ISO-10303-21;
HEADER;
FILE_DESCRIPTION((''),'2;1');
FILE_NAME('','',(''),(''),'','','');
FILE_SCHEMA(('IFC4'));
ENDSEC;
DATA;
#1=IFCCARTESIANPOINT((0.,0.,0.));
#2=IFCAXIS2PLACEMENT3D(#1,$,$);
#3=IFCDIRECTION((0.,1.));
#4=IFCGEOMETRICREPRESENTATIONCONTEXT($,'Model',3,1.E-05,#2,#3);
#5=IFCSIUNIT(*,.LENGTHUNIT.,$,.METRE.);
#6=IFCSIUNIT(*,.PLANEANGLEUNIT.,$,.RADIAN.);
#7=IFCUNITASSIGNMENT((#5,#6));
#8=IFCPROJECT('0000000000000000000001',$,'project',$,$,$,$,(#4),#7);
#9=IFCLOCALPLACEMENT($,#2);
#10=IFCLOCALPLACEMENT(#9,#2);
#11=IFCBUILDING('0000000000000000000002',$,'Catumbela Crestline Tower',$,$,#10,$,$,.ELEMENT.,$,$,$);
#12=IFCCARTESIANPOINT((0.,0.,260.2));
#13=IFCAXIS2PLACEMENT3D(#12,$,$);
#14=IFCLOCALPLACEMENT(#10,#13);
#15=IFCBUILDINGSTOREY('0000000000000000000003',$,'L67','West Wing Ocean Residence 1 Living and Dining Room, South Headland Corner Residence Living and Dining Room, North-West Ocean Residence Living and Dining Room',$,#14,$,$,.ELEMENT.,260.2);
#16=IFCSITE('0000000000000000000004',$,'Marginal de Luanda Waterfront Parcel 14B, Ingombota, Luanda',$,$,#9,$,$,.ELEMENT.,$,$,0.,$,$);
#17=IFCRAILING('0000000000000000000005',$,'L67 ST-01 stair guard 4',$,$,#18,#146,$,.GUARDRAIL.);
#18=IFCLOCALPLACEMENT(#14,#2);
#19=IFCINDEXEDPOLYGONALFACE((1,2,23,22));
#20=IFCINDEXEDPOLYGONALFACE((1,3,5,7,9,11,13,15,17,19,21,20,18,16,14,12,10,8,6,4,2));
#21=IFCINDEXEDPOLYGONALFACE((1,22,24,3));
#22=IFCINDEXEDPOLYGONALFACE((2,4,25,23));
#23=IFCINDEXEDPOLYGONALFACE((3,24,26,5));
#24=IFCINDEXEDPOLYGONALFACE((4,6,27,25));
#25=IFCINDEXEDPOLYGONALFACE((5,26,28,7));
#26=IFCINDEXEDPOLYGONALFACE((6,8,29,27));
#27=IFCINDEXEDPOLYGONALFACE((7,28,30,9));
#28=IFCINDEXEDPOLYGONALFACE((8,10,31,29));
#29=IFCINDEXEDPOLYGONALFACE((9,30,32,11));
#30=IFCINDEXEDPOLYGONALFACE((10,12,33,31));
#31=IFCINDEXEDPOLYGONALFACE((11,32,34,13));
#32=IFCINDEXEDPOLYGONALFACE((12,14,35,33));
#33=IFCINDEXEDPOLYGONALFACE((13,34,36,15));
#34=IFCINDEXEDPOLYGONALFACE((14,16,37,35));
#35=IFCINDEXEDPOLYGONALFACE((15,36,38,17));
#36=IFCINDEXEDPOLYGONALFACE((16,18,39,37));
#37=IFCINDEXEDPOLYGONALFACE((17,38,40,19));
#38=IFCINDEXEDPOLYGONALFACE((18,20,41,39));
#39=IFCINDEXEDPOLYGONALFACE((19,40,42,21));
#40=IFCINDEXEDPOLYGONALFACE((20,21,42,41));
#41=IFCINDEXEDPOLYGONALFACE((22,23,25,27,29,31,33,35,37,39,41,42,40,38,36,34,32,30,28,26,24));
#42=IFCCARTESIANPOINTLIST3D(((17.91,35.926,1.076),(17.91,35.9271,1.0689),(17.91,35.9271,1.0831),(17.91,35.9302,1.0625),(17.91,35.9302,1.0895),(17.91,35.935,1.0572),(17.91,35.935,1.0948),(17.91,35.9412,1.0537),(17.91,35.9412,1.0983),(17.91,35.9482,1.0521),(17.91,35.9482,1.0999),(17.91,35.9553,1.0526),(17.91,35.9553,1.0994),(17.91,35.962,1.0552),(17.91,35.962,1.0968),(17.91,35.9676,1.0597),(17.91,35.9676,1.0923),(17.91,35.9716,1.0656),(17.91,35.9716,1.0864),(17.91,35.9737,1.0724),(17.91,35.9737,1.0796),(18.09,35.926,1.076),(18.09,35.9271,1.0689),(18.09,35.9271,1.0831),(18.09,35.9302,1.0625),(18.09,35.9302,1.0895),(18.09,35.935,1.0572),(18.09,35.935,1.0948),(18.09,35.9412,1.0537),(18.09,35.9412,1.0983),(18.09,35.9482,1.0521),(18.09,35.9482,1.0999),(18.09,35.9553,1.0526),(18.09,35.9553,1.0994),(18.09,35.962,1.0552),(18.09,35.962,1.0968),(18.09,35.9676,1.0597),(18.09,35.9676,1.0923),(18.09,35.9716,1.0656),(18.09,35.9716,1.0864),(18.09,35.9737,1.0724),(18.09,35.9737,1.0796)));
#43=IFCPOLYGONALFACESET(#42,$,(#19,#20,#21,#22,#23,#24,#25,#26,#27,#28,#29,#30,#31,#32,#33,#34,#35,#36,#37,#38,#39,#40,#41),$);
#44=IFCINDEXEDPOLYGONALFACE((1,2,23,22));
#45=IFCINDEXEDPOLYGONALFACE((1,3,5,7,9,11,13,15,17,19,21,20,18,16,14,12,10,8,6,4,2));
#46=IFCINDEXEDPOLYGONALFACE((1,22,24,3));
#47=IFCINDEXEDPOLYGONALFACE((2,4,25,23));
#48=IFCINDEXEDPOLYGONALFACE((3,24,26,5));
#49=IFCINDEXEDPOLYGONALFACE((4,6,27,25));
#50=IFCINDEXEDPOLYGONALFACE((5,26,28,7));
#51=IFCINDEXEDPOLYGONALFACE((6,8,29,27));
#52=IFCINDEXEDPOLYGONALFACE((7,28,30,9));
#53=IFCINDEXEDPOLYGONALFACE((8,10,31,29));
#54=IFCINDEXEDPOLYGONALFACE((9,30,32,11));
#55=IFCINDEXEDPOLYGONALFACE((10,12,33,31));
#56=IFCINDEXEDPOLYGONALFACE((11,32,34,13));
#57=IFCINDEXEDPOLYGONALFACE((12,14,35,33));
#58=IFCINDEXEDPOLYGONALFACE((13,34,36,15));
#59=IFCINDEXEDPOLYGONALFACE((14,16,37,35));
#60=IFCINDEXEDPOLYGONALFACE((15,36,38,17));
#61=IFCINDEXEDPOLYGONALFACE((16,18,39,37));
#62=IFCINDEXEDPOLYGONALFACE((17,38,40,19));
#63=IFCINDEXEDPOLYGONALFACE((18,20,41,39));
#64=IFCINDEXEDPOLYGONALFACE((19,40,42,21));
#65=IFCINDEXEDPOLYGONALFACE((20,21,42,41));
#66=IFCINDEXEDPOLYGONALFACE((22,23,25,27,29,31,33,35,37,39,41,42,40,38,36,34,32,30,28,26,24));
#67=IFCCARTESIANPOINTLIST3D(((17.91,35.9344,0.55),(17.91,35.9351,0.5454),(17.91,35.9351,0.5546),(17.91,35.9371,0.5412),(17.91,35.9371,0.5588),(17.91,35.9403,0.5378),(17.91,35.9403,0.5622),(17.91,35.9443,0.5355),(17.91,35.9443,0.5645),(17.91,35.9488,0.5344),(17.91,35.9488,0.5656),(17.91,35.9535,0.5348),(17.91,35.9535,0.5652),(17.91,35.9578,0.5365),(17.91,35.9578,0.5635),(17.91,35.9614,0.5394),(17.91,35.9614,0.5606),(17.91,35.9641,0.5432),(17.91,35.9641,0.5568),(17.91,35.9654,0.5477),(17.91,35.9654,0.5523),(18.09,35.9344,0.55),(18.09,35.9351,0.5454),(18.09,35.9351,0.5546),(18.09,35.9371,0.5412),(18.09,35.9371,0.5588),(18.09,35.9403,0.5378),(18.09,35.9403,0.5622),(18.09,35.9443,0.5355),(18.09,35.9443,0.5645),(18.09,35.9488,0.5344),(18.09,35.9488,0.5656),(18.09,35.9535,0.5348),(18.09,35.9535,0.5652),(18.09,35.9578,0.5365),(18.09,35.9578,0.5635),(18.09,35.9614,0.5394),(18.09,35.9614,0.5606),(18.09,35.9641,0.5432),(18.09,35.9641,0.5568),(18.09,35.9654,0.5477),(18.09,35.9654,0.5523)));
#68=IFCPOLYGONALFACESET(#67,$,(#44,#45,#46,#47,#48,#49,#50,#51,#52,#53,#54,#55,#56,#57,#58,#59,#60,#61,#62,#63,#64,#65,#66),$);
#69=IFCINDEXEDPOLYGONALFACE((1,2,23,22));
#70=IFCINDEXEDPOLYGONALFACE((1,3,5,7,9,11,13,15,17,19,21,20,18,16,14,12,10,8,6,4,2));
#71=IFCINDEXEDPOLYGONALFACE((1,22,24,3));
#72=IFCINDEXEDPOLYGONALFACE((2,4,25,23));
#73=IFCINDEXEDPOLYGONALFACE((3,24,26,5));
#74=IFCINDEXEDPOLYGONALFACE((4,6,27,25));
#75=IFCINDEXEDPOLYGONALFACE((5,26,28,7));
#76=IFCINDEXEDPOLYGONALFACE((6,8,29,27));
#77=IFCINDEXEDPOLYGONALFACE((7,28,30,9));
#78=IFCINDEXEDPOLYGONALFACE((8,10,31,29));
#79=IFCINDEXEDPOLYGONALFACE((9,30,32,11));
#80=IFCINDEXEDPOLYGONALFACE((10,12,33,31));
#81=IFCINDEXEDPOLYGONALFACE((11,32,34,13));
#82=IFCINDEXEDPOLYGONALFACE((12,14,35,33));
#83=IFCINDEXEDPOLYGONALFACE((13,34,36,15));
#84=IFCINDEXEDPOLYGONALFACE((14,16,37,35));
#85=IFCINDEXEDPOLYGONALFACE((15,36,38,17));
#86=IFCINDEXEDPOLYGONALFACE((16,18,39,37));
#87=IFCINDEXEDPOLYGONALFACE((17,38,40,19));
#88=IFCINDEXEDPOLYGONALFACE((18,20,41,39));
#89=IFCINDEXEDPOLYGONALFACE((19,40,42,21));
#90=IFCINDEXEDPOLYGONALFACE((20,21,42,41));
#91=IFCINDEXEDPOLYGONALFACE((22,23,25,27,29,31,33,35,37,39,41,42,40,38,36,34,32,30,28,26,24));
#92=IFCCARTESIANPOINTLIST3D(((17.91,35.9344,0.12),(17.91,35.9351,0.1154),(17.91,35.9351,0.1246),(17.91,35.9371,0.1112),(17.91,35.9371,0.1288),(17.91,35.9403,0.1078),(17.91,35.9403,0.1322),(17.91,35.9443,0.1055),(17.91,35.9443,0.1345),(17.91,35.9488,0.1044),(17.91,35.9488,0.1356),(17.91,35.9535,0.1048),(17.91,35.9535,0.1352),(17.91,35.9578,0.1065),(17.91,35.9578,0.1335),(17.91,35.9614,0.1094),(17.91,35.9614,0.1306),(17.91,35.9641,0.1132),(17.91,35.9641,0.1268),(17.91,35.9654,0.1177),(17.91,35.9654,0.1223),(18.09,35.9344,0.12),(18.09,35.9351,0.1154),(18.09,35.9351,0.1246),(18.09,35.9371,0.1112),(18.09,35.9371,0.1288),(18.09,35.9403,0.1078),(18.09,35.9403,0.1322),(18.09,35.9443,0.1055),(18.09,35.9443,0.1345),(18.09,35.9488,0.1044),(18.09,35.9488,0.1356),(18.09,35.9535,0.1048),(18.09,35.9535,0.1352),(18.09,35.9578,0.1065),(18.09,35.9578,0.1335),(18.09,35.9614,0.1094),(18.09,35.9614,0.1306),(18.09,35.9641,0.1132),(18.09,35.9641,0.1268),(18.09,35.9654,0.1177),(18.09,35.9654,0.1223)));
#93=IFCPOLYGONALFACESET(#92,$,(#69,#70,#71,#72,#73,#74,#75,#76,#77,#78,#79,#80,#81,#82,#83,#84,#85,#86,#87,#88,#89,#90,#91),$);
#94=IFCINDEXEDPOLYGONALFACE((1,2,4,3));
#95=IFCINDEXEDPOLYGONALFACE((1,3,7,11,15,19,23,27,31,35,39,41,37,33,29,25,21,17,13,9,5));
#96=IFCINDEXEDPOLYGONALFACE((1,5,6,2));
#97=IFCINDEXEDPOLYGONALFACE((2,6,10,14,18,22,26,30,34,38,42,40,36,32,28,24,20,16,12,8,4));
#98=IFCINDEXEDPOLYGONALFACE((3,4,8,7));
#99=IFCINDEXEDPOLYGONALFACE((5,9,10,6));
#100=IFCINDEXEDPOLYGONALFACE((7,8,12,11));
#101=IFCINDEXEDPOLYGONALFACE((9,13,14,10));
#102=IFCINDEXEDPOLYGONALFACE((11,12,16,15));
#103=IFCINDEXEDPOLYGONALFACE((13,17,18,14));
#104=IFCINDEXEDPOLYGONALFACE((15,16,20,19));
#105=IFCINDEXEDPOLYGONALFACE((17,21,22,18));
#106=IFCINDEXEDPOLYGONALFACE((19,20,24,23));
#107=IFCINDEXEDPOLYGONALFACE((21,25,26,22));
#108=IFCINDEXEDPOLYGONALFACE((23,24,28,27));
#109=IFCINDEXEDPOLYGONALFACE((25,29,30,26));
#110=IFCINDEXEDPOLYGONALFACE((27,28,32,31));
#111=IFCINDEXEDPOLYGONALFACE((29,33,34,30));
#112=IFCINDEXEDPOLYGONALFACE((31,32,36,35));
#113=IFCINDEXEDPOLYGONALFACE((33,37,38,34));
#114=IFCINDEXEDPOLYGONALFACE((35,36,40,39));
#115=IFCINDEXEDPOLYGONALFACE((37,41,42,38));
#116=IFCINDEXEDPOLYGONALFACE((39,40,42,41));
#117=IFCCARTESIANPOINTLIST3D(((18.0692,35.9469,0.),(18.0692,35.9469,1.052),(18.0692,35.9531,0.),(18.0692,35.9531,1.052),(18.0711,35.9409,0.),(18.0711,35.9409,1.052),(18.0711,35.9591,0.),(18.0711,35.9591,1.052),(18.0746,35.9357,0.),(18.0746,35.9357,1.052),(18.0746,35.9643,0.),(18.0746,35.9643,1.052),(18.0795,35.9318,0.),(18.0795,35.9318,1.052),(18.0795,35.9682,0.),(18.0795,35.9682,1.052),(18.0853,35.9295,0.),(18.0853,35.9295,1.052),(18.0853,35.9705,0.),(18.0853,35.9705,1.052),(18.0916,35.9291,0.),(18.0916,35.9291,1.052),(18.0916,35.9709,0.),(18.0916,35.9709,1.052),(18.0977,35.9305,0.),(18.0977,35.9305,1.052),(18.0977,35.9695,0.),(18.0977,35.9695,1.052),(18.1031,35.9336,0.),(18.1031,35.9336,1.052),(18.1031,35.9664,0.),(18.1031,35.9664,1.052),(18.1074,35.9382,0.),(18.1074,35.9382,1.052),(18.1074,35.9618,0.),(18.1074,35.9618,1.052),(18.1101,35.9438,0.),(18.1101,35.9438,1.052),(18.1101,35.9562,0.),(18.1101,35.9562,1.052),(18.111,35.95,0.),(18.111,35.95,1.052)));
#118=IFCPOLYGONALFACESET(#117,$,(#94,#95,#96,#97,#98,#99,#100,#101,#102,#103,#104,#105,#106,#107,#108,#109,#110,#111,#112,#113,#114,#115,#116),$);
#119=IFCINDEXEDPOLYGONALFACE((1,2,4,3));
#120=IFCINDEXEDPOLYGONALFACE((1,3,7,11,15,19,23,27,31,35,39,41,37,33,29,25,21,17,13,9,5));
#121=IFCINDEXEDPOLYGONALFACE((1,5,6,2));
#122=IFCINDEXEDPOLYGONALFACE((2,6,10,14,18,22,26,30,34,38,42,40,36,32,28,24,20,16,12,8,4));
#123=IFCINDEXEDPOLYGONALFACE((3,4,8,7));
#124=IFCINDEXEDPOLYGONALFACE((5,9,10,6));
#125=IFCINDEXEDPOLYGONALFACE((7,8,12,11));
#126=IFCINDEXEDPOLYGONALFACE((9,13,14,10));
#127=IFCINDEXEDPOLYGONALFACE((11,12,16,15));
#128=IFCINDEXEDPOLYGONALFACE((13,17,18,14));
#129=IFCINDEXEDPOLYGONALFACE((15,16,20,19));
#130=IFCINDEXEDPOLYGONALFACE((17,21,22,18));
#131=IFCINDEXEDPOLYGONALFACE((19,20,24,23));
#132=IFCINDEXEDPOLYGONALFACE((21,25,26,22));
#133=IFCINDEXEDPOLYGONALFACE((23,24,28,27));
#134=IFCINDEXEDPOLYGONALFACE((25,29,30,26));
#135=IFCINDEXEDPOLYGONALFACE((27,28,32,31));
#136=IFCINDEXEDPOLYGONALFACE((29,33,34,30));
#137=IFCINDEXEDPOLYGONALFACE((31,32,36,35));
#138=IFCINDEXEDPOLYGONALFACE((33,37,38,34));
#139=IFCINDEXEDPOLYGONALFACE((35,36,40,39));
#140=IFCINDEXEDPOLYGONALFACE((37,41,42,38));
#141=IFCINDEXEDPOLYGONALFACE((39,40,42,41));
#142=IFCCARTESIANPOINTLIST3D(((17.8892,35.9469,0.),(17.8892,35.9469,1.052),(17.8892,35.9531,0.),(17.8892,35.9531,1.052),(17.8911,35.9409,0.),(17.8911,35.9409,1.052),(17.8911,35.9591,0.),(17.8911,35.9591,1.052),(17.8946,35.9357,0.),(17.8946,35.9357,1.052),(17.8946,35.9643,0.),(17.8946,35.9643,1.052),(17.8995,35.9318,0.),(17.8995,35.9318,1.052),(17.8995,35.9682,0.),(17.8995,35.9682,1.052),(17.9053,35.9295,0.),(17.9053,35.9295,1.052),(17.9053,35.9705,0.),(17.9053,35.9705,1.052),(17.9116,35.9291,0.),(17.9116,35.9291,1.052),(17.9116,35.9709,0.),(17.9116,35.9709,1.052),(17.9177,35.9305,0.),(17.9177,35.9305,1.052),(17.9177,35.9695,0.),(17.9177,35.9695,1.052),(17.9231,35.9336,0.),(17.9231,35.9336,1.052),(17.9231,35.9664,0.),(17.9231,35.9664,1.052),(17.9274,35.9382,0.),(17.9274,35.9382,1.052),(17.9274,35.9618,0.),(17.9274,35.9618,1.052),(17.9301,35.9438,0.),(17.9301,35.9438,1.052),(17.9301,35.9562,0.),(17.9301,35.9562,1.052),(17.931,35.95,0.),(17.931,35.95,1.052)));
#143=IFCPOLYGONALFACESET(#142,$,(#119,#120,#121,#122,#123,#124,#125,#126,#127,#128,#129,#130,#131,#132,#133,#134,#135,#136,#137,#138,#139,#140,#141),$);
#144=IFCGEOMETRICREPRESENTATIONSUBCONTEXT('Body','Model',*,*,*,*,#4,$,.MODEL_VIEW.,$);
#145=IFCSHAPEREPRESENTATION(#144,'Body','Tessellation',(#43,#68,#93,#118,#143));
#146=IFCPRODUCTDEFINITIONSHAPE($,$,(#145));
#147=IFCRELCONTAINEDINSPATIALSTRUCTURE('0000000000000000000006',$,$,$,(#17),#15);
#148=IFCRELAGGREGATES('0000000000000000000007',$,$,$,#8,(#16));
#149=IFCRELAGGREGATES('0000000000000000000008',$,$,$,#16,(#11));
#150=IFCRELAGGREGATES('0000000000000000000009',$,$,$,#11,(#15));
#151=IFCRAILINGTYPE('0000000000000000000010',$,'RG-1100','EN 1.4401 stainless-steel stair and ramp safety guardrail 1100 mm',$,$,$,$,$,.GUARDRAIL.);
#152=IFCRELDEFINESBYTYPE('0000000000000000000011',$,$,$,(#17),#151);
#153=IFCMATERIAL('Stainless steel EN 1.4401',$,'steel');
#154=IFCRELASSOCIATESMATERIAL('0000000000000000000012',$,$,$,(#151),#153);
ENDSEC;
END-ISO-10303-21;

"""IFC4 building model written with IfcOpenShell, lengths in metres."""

from ifc_helpers import new_model, si_unit, direction, frame, origin, origin_2d, place, context, subcontext, project, spatial, circle, extrude, material, type_object, element, save


model = new_model("IFC4")

# Units and contexts
model_context = context("Model", 3, precision=1e-05, world=origin(), true_north=direction((0.0, 1.0)))
body_context = subcontext(model_context, "Body", "Model", "MODEL_VIEW")
ifc_project = project(units=[si_unit("LENGTHUNIT", "METRE"), si_unit("PLANEANGLEUNIT", "RADIAN")], contexts=[model_context])

# Site, building, storey
site_placement = place(None, origin())
site = spatial("IfcSite", under=ifc_project, at=site_placement, Name="Marginal de Luanda Waterfront Parcel 14B, Ingombota, Luanda", CompositionType="ELEMENT", RefElevation=0.0)
building_placement = place(site_placement, origin())
building = spatial("IfcBuilding", under=site, at=building_placement, Name="Catumbela Crestline Tower", CompositionType="ELEMENT")
storey_placement = place(building_placement, frame((0.0, 0.0, 260.2)))
storey = spatial("IfcBuildingStorey", under=building, at=storey_placement, Name="L67", Description="West Wing Ocean Residence 1 Living and Dining Room, South Headland Corner Residence Living and Dining Room, North-West Ocean Residence Living and Dining Room", CompositionType="ELEMENT", Elevation=260.2)

# Shared definitions
ifc_material_1 = material(Name="Stainless steel EN 1.4401", Category="steel")

# Railing
railing_type_1 = type_object("IfcRailingType", Name="RG-1100", Description="EN 1.4401 stainless-steel stair and ramp safety guardrail 1100 mm", PredefinedType="GUARDRAIL", material=ifc_material_1)
railing_1_placement = place(storey_placement, frame((18.09, 35.95, 0.0)))
element("IfcRailing", 1, at=railing_1_placement, inside=storey, type_object=railing_type_1, Name="L67 ST-01 stair guard 4", PredefinedType="GUARDRAIL", context=body_context, shape_type="SweptSolid", body=[
    extrude(circle(Radius=0.024, at=origin_2d()), frame((0.0, 0.0, 1.076), z_axis=(-1.0, 0.0, 0.0), x_axis=(0.0, -1.0, 0.0)), (0.0, 0.0, 1.0), 0.18),
    extrude(circle(Radius=0.0156, at=origin_2d()), frame((0.0, 0.0, 0.55), z_axis=(-1.0, 0.0, 0.0), x_axis=(0.0, -1.0, 0.0)), (0.0, 0.0, 1.0), 0.18),
    extrude(circle(Radius=0.0156, at=origin_2d()), frame((0.0, 0.0, 0.12), z_axis=(-1.0, 0.0, 0.0), x_axis=(0.0, -1.0, 0.0)), (0.0, 0.0, 1.0), 0.18),
    extrude(circle(Radius=0.021, at=origin_2d()), origin(), (0.0, 0.0, 1.0), 1.052),
    extrude(circle(Radius=0.021, at=origin_2d()), frame((-0.18, 0.0, 0.0)), (0.0, 0.0, 1.0), 1.052),
])

save(model, "model.ifc")
